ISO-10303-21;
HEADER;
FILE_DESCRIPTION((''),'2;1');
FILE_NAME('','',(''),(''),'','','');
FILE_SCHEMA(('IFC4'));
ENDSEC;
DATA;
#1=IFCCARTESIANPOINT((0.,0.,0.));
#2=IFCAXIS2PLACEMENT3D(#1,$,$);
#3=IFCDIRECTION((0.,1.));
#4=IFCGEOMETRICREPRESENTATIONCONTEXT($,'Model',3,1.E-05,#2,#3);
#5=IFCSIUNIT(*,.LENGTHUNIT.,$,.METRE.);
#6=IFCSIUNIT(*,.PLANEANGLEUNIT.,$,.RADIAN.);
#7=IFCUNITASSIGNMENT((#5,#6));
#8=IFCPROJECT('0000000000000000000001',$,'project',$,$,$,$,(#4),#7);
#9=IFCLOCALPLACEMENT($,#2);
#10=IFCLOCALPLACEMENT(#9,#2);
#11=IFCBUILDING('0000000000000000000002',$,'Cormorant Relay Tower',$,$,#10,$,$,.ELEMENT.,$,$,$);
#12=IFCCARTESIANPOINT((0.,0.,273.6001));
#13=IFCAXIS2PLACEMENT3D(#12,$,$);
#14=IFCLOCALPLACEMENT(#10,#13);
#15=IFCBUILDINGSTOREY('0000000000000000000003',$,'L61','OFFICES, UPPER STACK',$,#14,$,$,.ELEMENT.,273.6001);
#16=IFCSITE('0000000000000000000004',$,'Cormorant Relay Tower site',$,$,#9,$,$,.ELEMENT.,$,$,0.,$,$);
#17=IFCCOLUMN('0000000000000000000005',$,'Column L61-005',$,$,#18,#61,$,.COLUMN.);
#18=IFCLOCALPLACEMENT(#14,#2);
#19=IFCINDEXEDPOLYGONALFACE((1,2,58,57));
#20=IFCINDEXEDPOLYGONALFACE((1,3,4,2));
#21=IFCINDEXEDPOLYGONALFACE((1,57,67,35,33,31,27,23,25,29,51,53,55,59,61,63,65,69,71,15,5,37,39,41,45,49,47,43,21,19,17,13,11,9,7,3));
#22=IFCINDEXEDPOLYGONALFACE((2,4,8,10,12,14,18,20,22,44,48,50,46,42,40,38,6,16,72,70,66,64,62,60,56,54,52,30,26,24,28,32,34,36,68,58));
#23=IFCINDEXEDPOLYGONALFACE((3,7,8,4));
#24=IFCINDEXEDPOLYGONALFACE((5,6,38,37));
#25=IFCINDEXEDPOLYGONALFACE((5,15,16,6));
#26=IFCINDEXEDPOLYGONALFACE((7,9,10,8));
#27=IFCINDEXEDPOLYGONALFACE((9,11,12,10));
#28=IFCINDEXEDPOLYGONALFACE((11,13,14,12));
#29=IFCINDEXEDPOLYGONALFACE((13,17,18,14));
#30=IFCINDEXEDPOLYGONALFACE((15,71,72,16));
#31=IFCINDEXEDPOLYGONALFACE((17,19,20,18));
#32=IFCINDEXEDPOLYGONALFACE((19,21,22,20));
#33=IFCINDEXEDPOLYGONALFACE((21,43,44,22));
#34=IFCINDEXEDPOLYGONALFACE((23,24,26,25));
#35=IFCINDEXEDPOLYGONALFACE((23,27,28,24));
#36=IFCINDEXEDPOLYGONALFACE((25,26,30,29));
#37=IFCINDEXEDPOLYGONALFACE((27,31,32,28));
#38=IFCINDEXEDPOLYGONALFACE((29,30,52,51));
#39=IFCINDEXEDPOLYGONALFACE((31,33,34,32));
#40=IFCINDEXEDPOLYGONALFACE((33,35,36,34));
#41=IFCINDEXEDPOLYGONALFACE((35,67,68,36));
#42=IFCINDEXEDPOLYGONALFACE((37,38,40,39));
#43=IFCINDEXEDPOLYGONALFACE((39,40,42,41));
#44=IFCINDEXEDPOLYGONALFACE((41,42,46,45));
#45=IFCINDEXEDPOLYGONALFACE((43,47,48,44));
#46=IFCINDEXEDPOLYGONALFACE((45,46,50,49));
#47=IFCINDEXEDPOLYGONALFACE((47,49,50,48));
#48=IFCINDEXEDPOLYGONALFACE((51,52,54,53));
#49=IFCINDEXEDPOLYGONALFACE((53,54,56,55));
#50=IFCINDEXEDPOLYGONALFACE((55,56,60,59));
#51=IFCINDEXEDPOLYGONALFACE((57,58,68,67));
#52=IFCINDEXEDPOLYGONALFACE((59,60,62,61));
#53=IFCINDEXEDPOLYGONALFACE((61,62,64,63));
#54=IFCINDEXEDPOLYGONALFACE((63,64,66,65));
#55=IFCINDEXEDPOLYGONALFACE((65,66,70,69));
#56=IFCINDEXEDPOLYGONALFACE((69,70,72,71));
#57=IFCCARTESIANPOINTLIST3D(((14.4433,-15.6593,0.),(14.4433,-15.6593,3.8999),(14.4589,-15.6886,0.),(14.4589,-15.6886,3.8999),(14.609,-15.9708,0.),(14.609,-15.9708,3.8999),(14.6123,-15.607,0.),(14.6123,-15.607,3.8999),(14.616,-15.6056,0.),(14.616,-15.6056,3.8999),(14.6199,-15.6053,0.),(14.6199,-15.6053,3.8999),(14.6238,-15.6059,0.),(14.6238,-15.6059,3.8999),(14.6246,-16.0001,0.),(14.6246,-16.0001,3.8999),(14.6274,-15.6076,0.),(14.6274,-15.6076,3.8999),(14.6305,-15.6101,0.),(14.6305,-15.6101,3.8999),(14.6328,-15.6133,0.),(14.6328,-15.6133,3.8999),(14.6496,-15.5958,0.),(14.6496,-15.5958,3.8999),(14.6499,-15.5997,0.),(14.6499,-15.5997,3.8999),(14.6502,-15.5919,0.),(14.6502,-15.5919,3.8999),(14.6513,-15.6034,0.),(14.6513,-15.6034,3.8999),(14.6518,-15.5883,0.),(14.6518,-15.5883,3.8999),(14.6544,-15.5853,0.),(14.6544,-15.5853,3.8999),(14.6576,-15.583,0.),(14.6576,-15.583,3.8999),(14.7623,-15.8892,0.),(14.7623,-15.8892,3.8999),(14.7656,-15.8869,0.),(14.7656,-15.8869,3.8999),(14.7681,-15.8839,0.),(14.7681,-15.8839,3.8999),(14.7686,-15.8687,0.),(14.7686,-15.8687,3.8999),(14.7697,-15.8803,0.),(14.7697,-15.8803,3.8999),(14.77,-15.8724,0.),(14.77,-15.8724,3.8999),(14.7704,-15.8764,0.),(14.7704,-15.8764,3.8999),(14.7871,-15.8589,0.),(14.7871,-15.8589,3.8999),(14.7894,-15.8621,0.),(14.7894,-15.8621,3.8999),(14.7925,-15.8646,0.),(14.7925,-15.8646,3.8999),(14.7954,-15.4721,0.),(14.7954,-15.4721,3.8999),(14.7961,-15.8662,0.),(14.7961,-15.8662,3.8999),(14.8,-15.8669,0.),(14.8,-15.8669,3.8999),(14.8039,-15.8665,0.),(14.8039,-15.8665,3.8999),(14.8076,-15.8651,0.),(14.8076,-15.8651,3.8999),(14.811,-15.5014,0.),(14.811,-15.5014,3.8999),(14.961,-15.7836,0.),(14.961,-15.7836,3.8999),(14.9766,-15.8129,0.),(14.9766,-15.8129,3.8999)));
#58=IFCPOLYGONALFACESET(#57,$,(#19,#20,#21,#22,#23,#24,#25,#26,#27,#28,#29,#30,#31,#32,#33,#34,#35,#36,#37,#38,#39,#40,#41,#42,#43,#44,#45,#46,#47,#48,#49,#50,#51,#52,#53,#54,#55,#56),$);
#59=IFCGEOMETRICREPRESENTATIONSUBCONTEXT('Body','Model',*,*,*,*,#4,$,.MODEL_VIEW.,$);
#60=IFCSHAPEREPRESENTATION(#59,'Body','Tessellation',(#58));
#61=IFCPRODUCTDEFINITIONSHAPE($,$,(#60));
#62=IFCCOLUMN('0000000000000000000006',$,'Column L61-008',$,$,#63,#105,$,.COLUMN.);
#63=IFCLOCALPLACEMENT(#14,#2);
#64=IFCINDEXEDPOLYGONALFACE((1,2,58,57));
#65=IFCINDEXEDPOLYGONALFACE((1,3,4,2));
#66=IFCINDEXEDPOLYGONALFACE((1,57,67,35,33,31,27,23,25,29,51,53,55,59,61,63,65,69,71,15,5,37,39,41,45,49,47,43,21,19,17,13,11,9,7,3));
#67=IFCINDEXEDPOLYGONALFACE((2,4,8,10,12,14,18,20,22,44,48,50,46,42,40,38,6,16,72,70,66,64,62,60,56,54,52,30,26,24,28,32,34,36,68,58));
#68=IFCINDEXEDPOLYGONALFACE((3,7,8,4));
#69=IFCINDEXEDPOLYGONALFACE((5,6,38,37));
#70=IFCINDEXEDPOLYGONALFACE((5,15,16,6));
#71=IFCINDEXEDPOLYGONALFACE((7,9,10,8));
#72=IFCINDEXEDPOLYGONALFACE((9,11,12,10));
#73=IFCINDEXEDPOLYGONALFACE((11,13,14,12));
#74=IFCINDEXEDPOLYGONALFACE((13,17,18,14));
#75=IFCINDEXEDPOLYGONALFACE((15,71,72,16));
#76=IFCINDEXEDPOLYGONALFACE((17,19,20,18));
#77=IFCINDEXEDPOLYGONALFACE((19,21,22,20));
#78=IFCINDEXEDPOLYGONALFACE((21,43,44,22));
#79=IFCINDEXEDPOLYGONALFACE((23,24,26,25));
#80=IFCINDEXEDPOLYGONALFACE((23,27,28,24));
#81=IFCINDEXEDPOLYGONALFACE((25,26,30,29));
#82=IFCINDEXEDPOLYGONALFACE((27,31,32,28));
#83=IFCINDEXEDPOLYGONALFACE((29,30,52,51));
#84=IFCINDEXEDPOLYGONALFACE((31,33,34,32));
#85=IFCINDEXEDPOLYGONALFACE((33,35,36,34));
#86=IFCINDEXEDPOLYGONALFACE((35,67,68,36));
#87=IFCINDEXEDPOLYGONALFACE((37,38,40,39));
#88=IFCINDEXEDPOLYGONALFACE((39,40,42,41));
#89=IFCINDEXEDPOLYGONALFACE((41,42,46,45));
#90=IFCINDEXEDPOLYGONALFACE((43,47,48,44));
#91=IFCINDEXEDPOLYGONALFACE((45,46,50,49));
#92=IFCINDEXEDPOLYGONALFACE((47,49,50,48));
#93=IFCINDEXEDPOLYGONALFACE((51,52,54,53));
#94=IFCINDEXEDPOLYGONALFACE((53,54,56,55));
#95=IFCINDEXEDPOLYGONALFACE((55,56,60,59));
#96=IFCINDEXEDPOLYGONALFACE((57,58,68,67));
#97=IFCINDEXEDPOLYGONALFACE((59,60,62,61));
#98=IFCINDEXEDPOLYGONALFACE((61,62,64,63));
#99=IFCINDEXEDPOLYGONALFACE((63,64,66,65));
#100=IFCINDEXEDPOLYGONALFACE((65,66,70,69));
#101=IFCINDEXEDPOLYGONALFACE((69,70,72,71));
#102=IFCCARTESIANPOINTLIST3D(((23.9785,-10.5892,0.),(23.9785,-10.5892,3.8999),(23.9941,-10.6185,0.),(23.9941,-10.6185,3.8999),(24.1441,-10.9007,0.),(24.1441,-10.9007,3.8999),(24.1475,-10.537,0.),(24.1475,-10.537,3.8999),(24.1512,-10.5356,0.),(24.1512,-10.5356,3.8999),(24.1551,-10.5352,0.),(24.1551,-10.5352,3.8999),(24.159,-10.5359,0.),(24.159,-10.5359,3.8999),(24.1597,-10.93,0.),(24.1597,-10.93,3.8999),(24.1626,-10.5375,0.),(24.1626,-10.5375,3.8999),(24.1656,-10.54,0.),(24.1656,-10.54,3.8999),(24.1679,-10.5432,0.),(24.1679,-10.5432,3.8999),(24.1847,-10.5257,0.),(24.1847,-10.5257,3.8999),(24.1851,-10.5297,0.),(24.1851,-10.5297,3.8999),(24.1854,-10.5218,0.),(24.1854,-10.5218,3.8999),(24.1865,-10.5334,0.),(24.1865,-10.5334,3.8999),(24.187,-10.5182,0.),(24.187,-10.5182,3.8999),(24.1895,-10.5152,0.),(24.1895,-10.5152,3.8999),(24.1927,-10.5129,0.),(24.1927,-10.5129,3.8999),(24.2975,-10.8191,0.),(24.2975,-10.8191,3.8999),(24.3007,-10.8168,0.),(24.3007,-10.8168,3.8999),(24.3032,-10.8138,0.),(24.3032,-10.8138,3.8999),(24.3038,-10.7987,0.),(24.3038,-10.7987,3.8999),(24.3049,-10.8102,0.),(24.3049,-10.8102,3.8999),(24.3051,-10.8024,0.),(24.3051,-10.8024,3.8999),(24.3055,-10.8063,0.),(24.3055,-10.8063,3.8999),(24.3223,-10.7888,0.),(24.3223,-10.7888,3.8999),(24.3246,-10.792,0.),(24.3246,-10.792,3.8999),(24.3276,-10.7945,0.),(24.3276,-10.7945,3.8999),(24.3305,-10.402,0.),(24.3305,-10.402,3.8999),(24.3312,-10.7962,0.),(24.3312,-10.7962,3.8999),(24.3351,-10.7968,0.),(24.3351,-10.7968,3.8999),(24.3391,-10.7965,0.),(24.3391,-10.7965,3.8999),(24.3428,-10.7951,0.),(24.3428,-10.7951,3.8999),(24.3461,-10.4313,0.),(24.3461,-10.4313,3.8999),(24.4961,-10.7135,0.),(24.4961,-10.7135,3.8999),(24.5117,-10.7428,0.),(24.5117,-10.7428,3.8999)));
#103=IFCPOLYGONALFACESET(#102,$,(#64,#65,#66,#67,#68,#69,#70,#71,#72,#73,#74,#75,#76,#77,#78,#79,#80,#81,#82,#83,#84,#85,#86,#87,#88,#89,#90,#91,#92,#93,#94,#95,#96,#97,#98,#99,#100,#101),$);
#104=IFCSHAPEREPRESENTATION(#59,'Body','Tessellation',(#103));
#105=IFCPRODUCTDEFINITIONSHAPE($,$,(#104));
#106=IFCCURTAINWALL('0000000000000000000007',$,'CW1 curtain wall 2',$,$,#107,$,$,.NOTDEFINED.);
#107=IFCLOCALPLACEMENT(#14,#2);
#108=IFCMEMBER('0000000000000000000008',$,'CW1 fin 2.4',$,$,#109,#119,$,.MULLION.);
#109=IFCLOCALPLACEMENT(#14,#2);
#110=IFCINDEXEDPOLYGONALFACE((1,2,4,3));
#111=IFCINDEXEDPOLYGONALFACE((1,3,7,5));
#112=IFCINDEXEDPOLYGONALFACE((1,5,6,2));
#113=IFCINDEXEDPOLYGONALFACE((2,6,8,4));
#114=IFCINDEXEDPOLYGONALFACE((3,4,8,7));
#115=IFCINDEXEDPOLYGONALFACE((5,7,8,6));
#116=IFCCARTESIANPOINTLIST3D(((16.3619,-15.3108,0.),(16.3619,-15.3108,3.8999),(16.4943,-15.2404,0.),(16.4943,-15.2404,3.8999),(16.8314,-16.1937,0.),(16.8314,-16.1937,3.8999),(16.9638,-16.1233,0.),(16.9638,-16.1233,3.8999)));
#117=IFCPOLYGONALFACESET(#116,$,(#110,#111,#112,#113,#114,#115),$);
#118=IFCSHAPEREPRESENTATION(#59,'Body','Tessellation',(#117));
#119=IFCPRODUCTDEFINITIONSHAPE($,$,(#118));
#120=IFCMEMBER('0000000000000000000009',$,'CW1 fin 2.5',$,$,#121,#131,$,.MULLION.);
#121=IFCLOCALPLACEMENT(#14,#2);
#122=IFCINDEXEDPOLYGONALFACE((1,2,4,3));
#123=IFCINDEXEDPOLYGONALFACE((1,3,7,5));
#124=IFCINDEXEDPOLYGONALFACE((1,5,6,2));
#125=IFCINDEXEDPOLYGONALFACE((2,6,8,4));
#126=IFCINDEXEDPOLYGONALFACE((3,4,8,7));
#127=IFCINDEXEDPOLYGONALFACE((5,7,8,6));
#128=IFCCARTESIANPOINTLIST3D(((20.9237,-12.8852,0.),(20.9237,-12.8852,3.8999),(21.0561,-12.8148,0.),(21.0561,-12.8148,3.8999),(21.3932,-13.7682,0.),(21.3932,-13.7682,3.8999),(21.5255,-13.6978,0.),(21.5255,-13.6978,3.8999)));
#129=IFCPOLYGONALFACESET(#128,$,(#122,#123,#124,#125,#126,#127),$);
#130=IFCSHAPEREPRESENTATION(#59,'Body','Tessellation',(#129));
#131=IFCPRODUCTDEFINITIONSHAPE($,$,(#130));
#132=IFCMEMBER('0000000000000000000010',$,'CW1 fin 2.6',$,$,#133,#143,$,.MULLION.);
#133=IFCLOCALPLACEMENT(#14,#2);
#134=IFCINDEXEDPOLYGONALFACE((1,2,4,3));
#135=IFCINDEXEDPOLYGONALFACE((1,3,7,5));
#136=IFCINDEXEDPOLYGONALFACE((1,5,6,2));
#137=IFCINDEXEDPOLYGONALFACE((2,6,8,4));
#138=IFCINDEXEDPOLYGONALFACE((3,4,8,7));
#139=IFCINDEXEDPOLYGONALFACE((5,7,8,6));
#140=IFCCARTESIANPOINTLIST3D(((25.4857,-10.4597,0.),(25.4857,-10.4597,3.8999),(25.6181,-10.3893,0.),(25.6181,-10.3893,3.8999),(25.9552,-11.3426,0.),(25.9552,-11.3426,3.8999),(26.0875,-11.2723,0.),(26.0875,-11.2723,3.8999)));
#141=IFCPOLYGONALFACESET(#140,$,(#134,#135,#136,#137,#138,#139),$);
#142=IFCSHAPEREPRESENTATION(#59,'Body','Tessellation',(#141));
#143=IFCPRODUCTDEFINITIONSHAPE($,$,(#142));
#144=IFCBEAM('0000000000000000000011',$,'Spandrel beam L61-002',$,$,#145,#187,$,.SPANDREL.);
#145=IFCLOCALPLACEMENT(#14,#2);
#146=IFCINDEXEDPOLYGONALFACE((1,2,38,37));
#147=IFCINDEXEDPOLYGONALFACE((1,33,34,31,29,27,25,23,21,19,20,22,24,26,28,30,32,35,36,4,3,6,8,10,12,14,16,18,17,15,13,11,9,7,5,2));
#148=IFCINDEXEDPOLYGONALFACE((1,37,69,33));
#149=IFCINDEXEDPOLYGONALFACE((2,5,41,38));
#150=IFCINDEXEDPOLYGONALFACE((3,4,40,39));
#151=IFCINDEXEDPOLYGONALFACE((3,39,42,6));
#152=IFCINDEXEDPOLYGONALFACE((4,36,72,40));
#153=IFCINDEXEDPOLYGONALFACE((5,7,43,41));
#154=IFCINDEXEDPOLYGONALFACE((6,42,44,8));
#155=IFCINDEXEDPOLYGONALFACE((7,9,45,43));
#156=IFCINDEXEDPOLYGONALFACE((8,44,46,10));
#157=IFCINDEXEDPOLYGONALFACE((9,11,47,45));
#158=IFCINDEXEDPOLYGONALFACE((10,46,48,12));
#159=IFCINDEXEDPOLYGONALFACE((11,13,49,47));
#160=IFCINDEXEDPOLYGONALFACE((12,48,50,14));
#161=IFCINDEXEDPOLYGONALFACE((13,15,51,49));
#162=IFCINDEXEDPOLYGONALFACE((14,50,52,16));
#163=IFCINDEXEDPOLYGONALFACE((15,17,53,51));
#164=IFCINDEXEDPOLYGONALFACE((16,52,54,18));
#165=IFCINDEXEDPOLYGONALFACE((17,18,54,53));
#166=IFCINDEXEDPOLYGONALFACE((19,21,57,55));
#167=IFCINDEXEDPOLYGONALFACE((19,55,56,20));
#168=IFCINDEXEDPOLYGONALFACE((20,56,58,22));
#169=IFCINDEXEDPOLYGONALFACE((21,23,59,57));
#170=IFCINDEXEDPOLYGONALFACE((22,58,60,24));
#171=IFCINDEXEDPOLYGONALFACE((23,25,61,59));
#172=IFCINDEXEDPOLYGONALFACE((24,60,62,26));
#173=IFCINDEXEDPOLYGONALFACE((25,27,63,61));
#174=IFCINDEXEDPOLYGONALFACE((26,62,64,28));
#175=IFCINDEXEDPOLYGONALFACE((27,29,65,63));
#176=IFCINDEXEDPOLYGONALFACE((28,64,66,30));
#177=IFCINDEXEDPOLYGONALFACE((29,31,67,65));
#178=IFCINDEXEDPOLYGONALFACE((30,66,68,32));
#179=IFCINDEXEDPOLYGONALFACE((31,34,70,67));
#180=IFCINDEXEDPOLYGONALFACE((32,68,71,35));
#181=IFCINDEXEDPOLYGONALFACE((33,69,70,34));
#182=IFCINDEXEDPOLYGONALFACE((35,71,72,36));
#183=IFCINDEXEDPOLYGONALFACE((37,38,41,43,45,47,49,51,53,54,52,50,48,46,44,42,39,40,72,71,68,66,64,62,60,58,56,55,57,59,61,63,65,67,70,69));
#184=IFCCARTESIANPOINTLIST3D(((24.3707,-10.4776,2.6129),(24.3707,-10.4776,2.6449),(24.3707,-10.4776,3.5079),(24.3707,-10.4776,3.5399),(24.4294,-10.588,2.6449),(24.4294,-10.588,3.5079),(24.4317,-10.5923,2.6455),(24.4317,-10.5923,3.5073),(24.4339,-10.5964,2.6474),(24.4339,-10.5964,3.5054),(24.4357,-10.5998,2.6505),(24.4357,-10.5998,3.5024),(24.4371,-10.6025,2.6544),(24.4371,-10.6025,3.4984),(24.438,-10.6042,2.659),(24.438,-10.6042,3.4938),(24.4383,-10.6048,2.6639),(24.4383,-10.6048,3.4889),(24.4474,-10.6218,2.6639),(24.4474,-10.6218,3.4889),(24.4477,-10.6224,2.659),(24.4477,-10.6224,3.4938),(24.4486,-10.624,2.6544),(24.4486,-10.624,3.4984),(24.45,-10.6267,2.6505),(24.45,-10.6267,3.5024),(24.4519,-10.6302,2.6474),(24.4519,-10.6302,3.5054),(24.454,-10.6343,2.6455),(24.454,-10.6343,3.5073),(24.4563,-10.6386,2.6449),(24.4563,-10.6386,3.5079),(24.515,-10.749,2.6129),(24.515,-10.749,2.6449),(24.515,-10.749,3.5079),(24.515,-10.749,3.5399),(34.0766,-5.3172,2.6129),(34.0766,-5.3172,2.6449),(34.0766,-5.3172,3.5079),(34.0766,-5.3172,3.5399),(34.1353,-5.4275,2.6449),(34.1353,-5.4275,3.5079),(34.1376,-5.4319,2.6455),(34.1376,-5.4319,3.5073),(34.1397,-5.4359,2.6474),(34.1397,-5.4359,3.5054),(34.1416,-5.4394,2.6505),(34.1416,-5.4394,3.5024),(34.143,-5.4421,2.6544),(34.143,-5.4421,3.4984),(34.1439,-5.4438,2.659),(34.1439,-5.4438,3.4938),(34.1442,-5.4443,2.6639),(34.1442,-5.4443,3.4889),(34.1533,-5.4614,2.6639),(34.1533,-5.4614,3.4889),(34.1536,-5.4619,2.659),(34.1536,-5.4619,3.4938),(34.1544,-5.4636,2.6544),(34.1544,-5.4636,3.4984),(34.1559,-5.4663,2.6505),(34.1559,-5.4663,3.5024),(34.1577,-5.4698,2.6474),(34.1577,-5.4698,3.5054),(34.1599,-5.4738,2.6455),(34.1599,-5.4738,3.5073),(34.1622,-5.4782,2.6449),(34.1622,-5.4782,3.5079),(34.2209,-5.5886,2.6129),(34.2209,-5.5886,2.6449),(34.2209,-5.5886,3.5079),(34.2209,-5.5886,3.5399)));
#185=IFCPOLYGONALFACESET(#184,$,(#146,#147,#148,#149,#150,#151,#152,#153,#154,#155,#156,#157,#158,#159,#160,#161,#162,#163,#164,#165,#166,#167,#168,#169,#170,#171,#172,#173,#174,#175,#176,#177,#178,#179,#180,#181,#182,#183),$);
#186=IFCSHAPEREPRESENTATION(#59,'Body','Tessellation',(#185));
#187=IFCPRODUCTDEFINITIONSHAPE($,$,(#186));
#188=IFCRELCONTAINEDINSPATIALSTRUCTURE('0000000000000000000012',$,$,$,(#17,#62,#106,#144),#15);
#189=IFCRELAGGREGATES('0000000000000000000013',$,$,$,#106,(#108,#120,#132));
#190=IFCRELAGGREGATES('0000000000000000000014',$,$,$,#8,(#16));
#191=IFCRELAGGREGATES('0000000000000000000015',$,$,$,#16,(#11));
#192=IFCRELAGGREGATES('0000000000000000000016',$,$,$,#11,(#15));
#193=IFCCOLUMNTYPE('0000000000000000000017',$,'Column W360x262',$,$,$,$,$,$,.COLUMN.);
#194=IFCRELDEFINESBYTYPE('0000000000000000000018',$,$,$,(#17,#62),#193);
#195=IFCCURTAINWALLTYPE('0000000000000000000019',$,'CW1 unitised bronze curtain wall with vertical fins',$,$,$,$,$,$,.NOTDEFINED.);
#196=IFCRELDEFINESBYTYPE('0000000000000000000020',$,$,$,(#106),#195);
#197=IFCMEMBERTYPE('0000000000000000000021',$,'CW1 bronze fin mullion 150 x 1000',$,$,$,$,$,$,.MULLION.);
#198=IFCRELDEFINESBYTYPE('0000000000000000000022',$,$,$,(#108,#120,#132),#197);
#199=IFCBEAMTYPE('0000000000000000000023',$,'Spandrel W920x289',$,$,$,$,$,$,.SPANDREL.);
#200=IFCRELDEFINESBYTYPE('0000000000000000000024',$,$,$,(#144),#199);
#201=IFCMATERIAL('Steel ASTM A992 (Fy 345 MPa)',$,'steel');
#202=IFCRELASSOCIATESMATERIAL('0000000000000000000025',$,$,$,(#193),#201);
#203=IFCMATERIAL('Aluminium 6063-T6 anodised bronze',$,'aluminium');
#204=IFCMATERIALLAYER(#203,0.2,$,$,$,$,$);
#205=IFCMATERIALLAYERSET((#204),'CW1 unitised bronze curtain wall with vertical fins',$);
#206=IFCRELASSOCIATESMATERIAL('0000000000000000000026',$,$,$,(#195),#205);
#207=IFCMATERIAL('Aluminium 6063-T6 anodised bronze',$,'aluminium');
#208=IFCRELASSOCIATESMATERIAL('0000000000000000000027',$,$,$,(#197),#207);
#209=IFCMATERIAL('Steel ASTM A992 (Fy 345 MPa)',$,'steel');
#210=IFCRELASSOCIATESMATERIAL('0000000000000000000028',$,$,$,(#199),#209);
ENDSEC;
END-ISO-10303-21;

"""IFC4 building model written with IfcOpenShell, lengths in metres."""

from ifc_helpers import new_model, si_unit, direction, frame, origin, origin_2d, place, context, subcontext, project, spatial, rectangle, i_section, extrude, material, layer, layer_set, material_profile, profile_set, type_object, element, aggregate, save


model = new_model("IFC4")

# Units and contexts
model_context = context("Model", 3, precision=1e-05, world=origin(), true_north=direction((0.0, 1.0)))
body_context = subcontext(model_context, "Body", "Model", "MODEL_VIEW")
ifc_project = project(units=[si_unit("LENGTHUNIT", "METRE"), si_unit("PLANEANGLEUNIT", "RADIAN")], contexts=[model_context])

# Site, building, storey
site_placement = place(None, origin())
site = spatial("IfcSite", under=ifc_project, at=site_placement, Name="Cormorant Relay Tower site", CompositionType="ELEMENT", RefElevation=0.0)
building_placement = place(site_placement, origin())
building = spatial("IfcBuilding", under=site, at=building_placement, Name="Cormorant Relay Tower", CompositionType="ELEMENT")
storey_placement = place(building_placement, frame((0.0, 0.0, 273.6001)))
storey = spatial("IfcBuildingStorey", under=building, at=storey_placement, Name="L61", Description="OFFICES, UPPER STACK", CompositionType="ELEMENT", Elevation=273.6001)

# Columns
ifc_material_1 = material(Name="Steel ASTM A992 (Fy 345 MPa)", Category="steel")
ifc_material_profile_1 = material_profile(ifc_material_1, i_section(OverallWidth=0.3987, OverallDepth=0.386, WebThickness=0.021, FlangeThickness=0.0332, FilletRadius=0.0151, at=origin_2d()), Name="W360x262")
ifc_profile_set_1 = profile_set([ifc_material_profile_1], Name="Steel ASTM A992 (Fy 345 MPa)")
column_type = type_object("IfcColumnType", Name="Column W360x262", PredefinedType="COLUMN", material=ifc_profile_set_1)
for number, where, z_axis, x_axis, name in (
    (1, (14.71, -15.7361, 0.0), (0.0, 0.0, 1.0), (0.882948, 0.469472, 0.0), "Column L61-005"),
    (2, (24.2451, -10.666, 0.0), (0.0, 0.0, 1.0), (0.882948, 0.469472, 0.0), "Column L61-008"),
):
    element("IfcColumn", number, at=place(storey_placement, frame(where, z_axis=z_axis, x_axis=x_axis)), inside=storey, type_object=column_type, Name=name, PredefinedType="COLUMN", context=body_context, shape_type="SweptSolid", body=[
        extrude(i_section(OverallWidth=0.3987, OverallDepth=0.386, WebThickness=0.021, FlangeThickness=0.0332, FilletRadius=0.0151, at=origin_2d()), origin(), (0.0, 0.0, 1.0), 3.8999),
    ])

# Curtain wall, members
ifc_material_2 = material(Name="Aluminium 6063-T6 anodised bronze", Category="aluminium")
ifc_layer_1 = layer(ifc_material_2, 0.2)
ifc_layer_set_1 = layer_set([ifc_layer_1], Name="CW1 unitised bronze curtain wall with vertical fins")
curtain_wall_type = type_object("IfcCurtainWallType", Name="CW1 unitised bronze curtain wall with vertical fins", PredefinedType="NOTDEFINED", material=ifc_layer_set_1)
curtain_wall_placement = place(storey_placement, origin())
curtain_wall = element("IfcCurtainWall", 3, at=curtain_wall_placement, inside=storey, type_object=curtain_wall_type, Name="CW1 curtain wall 2", PredefinedType="NOTDEFINED")
ifc_material_3 = material(Name="Aluminium 6063-T6 anodised bronze", Category="aluminium")
ifc_material_profile_2 = material_profile(ifc_material_3, rectangle(XDim=0.1499, YDim=1.0, at=origin_2d()), Name="AL 150x1000")
ifc_profile_set_2 = profile_set([ifc_material_profile_2], Name="Aluminium 6063-T6 anodised bronze")
member_type = type_object("IfcMemberType", Name="CW1 bronze fin mullion 150 x 1000", PredefinedType="MULLION", material=ifc_profile_set_2)
member_1_placement = place(storey_placement, frame((16.6628, -15.717, 0.0), z_axis=(0.0, 0.0, 1.0), x_axis=(0.882948, 0.469472, 0.0)))
member_1 = element("IfcMember", 4, at=member_1_placement, type_object=member_type, Name="CW1 fin 2.4", PredefinedType="MULLION", context=body_context, shape_type="SweptSolid", body=[
    extrude(rectangle(XDim=0.1499, YDim=1.0, at=origin_2d()), origin(), (0.0, 0.0, 1.0), 3.8999),
])
member_2_placement = place(storey_placement, frame((21.2246, -13.2915, 0.0), z_axis=(0.0, 0.0, 1.0), x_axis=(0.882948, 0.469472, 0.0)))
member_2 = element("IfcMember", 5, at=member_2_placement, type_object=member_type, Name="CW1 fin 2.5", PredefinedType="MULLION", context=body_context, shape_type="SweptSolid", body=[
    extrude(rectangle(XDim=0.1499, YDim=1.0, at=origin_2d()), origin(), (0.0, 0.0, 1.0), 3.8999),
])
member_3_placement = place(storey_placement, frame((25.7866, -10.866, 0.0), z_axis=(0.0, 0.0, 1.0), x_axis=(0.882948, 0.469472, 0.0)))
member_3 = element("IfcMember", 6, at=member_3_placement, type_object=member_type, Name="CW1 fin 2.6", PredefinedType="MULLION", context=body_context, shape_type="SweptSolid", body=[
    extrude(rectangle(XDim=0.1499, YDim=1.0, at=origin_2d()), origin(), (0.0, 0.0, 1.0), 3.8999),
])

# Beam
ifc_material_4 = material(Name="Steel ASTM A992 (Fy 345 MPa)", Category="steel")
ifc_material_profile_3 = material_profile(ifc_material_4, i_section(OverallWidth=0.3074, OverallDepth=0.927, WebThickness=0.0193, FlangeThickness=0.032, FilletRadius=0.019, at=origin_2d()), Name="W920x289")
ifc_profile_set_3 = profile_set([ifc_material_profile_3], Name="Steel ASTM A992 (Fy 345 MPa)")
beam_type_1 = type_object("IfcBeamType", Name="Spandrel W920x289", PredefinedType="SPANDREL", material=ifc_profile_set_3)
beam_1_placement = place(storey_placement, frame((24.4429, -10.6133, 3.0764), z_axis=(0.882958, 0.469452, 0.0), x_axis=(-0.469452, 0.882958, 0.0)))
element("IfcBeam", 7, at=beam_1_placement, inside=storey, type_object=beam_type_1, Name="Spandrel beam L61-002", PredefinedType="SPANDREL", context=body_context, shape_type="SweptSolid", body=[
    extrude(i_section(OverallWidth=0.3074, OverallDepth=0.927, WebThickness=0.0193, FlangeThickness=0.032, FilletRadius=0.019, at=origin_2d()), origin(), (0.0, 0.0, 1.0), 10.9924),
])

aggregate(curtain_wall, [member_1, member_2, member_3])

save(model, "model.ifc")
